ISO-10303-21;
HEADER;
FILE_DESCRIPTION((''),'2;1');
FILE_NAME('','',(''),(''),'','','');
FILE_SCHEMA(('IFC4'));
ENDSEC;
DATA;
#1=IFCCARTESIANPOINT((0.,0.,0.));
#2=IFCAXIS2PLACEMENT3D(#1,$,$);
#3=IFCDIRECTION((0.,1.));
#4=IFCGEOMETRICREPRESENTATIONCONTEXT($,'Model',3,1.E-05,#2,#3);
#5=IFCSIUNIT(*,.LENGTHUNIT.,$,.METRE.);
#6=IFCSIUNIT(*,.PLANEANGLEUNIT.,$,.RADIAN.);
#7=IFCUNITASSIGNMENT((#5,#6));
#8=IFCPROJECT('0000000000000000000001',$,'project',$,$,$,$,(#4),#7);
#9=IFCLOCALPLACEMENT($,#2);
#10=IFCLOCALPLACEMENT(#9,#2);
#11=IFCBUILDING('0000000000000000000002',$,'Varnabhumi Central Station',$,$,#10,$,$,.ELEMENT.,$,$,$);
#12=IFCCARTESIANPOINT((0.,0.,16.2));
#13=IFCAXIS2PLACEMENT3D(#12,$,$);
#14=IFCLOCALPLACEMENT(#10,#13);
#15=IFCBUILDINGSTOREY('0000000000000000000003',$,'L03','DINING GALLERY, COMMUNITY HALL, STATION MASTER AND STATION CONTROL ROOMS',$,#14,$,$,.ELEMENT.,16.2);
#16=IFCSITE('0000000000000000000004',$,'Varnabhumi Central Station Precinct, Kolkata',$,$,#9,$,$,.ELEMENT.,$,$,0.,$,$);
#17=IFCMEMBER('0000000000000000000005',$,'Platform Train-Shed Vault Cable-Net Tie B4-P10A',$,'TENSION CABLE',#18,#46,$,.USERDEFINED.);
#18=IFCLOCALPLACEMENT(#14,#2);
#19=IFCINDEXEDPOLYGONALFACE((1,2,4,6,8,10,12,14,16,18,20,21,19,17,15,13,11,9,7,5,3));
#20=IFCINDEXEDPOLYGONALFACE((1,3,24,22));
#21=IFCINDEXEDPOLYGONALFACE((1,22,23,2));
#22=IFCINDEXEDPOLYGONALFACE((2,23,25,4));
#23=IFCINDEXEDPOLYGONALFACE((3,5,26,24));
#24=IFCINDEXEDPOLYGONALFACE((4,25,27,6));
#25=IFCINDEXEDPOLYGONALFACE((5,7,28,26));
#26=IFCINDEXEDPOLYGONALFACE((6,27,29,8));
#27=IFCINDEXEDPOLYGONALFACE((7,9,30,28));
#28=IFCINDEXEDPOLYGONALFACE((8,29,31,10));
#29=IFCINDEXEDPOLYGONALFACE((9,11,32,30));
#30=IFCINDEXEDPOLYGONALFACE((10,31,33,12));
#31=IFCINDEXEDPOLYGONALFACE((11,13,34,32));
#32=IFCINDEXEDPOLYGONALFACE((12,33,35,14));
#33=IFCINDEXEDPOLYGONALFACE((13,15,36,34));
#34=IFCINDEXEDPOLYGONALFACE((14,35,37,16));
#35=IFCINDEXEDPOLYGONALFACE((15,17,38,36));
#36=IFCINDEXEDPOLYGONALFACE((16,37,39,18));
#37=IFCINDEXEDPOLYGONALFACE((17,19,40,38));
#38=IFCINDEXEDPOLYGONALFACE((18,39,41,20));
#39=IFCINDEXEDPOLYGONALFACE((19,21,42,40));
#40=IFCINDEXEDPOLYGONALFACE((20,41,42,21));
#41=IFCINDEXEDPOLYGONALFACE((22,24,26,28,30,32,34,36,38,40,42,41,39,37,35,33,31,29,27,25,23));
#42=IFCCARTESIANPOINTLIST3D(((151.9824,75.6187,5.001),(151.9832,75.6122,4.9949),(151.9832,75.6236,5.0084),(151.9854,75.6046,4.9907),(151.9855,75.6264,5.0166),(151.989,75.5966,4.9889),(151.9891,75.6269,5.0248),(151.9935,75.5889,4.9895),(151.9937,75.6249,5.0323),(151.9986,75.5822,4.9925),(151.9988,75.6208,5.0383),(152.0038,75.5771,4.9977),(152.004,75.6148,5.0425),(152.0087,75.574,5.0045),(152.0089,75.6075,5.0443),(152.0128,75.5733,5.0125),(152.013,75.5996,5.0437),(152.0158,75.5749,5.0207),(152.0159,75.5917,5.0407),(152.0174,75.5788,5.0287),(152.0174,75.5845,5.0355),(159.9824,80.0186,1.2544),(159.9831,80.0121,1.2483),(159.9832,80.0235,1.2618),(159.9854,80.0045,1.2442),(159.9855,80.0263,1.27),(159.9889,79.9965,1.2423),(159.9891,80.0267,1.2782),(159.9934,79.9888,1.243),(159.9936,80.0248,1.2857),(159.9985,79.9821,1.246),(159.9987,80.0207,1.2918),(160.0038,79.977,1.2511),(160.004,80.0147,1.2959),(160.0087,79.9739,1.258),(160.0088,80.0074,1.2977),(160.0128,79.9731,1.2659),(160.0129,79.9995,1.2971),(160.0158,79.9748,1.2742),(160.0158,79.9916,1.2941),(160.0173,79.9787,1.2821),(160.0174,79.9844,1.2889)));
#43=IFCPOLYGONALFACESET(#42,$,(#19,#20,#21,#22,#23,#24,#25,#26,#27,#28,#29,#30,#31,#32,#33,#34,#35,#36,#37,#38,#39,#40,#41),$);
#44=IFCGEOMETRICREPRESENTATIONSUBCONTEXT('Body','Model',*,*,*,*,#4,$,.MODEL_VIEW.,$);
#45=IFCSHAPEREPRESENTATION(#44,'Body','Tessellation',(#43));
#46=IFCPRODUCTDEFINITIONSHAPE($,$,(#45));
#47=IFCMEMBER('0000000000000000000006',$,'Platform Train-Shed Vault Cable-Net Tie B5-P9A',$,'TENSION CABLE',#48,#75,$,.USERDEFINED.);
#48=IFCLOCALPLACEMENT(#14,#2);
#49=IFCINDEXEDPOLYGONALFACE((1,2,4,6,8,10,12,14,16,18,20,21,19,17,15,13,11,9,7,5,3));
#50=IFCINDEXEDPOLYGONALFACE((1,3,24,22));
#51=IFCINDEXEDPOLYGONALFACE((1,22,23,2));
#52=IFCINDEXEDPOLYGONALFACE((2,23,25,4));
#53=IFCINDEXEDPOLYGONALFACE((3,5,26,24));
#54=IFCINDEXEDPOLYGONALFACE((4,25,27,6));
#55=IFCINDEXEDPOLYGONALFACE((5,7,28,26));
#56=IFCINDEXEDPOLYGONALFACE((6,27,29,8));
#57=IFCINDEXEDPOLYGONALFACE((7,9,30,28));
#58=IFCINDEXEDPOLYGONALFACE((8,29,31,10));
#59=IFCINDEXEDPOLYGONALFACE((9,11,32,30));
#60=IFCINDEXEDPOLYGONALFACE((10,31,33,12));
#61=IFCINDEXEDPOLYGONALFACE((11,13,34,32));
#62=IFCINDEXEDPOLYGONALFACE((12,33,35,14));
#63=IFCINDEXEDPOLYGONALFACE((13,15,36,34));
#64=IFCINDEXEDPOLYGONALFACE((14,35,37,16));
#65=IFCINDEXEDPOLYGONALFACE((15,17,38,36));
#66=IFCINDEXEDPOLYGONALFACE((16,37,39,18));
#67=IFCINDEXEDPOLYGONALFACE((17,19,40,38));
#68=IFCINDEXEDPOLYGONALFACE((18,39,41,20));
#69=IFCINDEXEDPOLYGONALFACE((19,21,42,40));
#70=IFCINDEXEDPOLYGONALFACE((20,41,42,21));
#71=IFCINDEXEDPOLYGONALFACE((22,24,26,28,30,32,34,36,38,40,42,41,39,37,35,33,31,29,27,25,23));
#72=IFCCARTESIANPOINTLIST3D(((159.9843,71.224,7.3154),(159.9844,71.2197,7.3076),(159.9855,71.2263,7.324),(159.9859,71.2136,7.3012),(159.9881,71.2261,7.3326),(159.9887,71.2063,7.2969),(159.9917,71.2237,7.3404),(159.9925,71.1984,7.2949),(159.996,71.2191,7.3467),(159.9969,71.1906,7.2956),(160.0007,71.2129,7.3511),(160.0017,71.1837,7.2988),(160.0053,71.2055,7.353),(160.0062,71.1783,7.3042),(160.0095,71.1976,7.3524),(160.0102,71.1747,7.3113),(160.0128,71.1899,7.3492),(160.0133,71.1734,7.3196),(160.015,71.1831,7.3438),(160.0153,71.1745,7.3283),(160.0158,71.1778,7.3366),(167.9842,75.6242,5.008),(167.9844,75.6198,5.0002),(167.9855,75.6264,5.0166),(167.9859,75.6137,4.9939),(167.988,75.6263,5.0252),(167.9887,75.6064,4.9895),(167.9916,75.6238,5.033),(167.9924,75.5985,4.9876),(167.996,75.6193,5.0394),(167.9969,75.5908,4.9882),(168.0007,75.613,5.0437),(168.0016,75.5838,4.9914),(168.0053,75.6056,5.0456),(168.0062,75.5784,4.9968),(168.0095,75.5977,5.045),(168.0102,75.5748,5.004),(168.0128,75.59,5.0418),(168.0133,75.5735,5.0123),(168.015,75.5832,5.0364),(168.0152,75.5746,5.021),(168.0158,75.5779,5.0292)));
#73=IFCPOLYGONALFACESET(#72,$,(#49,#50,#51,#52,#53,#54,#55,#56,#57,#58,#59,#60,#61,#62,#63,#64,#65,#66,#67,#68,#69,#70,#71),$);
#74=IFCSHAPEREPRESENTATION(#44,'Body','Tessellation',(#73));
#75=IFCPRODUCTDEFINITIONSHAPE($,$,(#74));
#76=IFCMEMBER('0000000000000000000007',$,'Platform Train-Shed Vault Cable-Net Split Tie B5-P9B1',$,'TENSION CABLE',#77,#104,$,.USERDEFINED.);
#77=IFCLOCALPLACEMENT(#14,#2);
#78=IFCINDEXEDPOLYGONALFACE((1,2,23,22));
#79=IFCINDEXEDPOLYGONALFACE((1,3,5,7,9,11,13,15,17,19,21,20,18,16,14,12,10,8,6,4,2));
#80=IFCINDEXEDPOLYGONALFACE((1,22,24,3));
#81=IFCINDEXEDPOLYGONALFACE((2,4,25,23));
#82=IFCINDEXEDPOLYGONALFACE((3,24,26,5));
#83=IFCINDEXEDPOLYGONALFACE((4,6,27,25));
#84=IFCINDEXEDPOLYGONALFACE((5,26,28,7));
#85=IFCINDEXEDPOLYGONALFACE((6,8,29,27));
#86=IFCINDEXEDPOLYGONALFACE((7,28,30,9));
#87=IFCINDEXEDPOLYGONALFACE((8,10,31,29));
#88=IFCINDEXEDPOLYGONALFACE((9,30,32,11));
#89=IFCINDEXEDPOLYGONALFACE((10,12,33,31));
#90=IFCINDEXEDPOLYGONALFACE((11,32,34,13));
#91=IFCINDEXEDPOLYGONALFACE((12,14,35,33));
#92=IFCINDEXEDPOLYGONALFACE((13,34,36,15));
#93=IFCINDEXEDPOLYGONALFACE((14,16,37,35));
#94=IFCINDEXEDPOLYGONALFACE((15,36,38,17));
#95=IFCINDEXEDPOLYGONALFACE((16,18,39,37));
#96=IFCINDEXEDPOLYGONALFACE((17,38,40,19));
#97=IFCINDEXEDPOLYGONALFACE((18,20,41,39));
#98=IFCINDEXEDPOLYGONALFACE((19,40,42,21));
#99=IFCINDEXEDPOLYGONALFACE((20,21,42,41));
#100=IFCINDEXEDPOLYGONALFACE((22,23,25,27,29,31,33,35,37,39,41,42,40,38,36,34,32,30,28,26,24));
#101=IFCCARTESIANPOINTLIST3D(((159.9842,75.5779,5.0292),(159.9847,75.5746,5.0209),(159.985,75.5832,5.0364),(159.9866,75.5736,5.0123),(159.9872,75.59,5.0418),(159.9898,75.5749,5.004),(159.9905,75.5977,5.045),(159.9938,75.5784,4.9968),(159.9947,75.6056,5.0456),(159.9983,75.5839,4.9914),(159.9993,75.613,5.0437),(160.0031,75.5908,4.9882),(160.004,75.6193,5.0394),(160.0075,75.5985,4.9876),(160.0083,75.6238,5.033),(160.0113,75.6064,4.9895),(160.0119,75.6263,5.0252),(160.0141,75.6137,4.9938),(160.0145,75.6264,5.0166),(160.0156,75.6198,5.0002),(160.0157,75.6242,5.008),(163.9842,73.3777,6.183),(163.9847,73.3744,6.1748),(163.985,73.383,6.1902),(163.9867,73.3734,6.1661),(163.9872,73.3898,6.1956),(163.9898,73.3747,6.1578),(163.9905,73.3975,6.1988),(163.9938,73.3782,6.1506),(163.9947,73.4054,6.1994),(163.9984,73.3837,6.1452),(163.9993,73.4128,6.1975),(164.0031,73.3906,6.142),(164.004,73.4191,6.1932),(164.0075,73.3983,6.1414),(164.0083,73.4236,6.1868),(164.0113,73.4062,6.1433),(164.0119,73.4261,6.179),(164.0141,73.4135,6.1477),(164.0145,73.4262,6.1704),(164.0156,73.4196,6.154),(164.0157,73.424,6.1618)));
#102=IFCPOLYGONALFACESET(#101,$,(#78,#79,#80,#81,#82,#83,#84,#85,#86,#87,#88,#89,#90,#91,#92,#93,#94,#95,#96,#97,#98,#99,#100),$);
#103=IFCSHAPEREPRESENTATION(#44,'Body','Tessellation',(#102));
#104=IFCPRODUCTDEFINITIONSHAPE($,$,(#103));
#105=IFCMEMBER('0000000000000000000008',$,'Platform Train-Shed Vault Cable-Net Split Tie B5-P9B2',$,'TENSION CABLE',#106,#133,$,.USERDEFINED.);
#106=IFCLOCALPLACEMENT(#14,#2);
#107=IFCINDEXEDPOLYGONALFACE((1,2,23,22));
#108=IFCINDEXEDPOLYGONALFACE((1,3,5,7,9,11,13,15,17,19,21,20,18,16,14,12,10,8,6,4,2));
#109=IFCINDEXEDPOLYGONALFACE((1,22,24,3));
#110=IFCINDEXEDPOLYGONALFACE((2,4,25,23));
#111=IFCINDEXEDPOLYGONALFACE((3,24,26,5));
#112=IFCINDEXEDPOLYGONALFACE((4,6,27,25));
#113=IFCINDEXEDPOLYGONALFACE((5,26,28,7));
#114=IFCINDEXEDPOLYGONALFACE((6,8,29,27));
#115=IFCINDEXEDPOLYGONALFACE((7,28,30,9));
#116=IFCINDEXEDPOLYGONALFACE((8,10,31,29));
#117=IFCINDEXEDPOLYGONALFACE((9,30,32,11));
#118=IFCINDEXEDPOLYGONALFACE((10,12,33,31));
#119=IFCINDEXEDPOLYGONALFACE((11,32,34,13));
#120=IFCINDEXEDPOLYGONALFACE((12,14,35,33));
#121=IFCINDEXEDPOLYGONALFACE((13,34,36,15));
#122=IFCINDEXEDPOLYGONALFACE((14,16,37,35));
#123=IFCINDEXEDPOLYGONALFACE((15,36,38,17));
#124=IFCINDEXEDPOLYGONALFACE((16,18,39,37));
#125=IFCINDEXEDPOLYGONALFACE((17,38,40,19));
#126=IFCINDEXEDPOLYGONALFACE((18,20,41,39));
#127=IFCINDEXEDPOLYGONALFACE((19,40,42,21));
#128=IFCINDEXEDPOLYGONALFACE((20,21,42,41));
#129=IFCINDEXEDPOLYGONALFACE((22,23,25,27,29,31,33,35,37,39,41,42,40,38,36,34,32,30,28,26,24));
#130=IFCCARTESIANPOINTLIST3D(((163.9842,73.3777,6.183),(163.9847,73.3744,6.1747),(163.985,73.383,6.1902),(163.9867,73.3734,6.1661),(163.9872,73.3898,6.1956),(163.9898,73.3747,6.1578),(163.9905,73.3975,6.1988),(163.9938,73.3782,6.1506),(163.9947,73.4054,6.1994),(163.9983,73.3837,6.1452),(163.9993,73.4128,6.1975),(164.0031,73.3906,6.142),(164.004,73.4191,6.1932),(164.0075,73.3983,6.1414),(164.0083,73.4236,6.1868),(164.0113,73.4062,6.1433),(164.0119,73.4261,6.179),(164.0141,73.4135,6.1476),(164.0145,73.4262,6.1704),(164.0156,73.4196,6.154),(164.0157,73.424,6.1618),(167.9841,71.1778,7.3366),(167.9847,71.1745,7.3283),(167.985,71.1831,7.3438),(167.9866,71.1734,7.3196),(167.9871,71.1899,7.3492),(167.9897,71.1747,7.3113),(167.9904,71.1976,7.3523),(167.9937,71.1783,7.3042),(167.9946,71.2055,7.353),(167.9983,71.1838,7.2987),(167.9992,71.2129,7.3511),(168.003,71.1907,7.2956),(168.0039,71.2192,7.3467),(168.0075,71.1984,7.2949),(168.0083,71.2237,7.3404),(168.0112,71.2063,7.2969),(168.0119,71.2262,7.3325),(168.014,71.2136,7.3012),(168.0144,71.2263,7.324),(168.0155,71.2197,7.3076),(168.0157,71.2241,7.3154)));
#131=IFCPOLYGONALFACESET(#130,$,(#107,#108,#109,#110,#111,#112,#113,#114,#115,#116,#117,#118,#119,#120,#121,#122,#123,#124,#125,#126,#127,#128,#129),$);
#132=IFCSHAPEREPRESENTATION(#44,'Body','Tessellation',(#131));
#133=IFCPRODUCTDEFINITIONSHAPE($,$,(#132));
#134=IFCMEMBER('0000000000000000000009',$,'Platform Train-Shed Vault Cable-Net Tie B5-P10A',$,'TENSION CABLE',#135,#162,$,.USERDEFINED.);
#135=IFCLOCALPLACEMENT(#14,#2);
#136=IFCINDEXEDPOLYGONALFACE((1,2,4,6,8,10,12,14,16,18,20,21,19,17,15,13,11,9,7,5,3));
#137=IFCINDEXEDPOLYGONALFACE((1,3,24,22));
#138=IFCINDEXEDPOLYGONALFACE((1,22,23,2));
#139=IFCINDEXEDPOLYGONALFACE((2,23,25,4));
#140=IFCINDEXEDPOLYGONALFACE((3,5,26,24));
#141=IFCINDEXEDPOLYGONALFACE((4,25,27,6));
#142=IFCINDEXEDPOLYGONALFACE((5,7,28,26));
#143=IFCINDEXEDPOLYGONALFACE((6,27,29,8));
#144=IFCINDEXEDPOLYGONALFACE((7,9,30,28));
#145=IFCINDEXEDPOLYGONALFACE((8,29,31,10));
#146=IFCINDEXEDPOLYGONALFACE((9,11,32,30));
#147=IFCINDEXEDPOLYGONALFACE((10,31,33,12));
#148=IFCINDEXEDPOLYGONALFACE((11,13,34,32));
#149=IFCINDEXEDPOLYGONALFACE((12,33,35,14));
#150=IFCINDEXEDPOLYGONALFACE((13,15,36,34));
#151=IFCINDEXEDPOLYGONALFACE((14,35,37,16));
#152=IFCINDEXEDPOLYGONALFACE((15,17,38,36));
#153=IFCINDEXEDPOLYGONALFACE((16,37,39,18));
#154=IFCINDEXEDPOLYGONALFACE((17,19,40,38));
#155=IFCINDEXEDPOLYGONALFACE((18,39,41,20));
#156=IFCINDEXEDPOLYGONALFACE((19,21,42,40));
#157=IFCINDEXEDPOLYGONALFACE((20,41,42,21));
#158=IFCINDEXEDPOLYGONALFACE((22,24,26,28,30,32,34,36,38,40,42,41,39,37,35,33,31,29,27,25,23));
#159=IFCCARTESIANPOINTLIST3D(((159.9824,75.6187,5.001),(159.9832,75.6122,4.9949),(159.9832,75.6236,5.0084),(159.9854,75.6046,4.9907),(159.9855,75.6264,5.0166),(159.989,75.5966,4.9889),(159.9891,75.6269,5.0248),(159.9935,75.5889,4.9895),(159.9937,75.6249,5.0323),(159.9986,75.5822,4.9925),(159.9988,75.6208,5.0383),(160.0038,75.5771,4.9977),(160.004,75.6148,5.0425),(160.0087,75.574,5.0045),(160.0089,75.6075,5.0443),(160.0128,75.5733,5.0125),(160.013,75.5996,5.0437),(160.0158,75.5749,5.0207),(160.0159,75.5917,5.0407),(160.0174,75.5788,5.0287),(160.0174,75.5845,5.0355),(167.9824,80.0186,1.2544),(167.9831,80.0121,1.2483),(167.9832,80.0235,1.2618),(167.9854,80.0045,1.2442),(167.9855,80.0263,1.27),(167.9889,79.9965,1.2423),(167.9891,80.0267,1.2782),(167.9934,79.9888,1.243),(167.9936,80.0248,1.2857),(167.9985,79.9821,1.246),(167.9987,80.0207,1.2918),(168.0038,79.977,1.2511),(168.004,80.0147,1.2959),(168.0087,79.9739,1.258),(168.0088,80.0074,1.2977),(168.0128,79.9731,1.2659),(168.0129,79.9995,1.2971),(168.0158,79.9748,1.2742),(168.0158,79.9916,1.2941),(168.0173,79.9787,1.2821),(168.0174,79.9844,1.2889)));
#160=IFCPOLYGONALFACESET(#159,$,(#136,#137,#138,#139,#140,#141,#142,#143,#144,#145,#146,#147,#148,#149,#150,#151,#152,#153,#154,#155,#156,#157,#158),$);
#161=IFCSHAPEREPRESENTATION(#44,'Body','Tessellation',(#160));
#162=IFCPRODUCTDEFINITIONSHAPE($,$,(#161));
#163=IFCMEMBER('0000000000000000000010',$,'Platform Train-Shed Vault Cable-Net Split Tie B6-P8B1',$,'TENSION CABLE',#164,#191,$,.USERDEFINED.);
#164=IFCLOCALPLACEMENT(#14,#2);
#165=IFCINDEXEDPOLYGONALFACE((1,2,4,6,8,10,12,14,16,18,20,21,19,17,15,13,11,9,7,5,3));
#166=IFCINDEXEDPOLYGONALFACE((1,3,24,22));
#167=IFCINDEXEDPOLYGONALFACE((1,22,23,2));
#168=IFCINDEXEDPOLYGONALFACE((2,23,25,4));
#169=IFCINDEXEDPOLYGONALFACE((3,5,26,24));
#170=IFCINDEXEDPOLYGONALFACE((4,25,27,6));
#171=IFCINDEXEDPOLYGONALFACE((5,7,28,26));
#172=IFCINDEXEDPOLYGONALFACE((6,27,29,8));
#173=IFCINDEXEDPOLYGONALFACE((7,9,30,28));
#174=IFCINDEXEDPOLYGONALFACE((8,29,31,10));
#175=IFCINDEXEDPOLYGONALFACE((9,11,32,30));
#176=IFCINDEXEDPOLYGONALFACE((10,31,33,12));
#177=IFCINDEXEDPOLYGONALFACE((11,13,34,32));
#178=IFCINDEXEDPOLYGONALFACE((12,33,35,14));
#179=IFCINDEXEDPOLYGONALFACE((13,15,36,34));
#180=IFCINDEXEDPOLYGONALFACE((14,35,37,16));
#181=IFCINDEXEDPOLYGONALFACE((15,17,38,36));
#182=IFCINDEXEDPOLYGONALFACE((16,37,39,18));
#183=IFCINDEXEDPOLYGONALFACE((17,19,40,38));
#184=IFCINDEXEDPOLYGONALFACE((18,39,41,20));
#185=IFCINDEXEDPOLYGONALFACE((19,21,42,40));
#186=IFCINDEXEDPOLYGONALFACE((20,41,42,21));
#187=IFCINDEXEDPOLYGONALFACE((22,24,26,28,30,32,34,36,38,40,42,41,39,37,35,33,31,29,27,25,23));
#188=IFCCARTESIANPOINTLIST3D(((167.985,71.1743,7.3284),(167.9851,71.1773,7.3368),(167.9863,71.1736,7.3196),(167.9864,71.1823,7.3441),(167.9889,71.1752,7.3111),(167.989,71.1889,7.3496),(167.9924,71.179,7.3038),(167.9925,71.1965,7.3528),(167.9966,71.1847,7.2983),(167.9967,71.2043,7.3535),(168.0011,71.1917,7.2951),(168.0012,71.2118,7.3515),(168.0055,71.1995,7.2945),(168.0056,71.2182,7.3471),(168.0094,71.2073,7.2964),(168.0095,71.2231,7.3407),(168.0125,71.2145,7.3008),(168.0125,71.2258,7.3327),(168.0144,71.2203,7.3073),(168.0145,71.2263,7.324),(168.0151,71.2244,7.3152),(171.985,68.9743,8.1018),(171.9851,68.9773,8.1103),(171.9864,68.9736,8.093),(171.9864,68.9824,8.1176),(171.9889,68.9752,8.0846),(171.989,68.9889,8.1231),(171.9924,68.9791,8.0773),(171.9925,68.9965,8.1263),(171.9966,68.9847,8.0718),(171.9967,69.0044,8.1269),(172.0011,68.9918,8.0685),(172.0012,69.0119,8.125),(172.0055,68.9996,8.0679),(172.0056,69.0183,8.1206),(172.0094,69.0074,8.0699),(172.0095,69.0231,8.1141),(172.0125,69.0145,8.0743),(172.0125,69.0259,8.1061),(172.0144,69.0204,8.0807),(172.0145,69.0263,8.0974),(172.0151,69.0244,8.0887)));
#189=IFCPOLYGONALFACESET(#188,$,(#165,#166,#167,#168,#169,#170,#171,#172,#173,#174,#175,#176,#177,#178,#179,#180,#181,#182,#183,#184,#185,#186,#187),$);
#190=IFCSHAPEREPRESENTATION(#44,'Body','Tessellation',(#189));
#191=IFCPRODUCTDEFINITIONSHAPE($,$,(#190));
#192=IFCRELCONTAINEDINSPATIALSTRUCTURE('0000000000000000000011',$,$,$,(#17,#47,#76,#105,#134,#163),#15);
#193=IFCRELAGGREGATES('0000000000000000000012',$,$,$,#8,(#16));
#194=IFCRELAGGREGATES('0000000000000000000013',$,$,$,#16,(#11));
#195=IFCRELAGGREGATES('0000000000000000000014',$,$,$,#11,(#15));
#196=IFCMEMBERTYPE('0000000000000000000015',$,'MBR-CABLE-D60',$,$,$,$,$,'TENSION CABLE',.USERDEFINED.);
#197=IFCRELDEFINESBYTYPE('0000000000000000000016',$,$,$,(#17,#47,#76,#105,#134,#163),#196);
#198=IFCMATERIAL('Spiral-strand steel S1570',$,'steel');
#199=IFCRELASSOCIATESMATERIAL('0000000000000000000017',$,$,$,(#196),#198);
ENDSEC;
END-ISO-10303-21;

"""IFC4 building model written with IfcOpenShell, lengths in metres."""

from ifc_helpers import new_model, si_unit, direction, frame, origin, origin_2d, place, context, subcontext, project, spatial, circle, extrude, material, material_profile, profile_set, type_object, element, save


model = new_model("IFC4")

# Units and contexts
model_context = context("Model", 3, precision=1e-05, world=origin(), true_north=direction((0.0, 1.0)))
body_context = subcontext(model_context, "Body", "Model", "MODEL_VIEW")
ifc_project = project(units=[si_unit("LENGTHUNIT", "METRE"), si_unit("PLANEANGLEUNIT", "RADIAN")], contexts=[model_context])

# Site, building, storey
site_placement = place(None, origin())
site = spatial("IfcSite", under=ifc_project, at=site_placement, Name="Varnabhumi Central Station Precinct, Kolkata", CompositionType="ELEMENT", RefElevation=0.0)
building_placement = place(site_placement, origin())
building = spatial("IfcBuilding", under=site, at=building_placement, Name="Varnabhumi Central Station", CompositionType="ELEMENT")
storey_placement = place(building_placement, frame((0.0, 0.0, 16.2)))
storey = spatial("IfcBuildingStorey", under=building, at=storey_placement, Name="L03", Description="DINING GALLERY, COMMUNITY HALL, STATION MASTER AND STATION CONTROL ROOMS", CompositionType="ELEMENT", Elevation=16.2)

# Members
ifc_material_1 = material(Name="Spiral-strand steel S1570", Category="steel")
ifc_material_profile_1 = material_profile(ifc_material_1, circle(Radius=0.03, at=origin_2d()), Name="Spiral-strand steel S1570", Category="steel")
ifc_profile_set_1 = profile_set([ifc_material_profile_1], Name="Spiral-strand steel S1570")
member_type = type_object("IfcMemberType", Name="MBR-CABLE-D60", ElementType="TENSION CABLE", PredefinedType="USERDEFINED", material=ifc_profile_set_1)
member_1_placement = place(storey_placement, frame((152.0, 75.6001, 5.0166), z_axis=(0.810624, 0.445833, -0.379634), x_axis=(-0.481911, 0.87622, 0.0)))
element("IfcMember", 1, at=member_1_placement, inside=storey, type_object=member_type, Name="Platform Train-Shed Vault Cable-Net Tie B4-P10A", ObjectType="TENSION CABLE", PredefinedType="USERDEFINED", context=body_context, shape_type="SweptSolid", body=[
    extrude(circle(Radius=0.03, at=origin_2d()), origin(), (0.0, 0.0, 1.0), 9.8689),
])
member_2_placement = place(storey_placement, frame((160.0, 71.2, 7.324), z_axis=(0.849502, 0.467242, -0.245015), x_axis=(-0.481931, 0.876209, 0.0)))
element("IfcMember", 2, at=member_2_placement, inside=storey, type_object=member_type, Name="Platform Train-Shed Vault Cable-Net Tie B5-P9A", ObjectType="TENSION CABLE", PredefinedType="USERDEFINED", context=body_context, shape_type="SweptSolid", body=[
    extrude(circle(Radius=0.03, at=origin_2d()), origin(), (0.0, 0.0, 1.0), 9.4172),
])
member_3_placement = place(storey_placement, frame((160.0, 75.6001, 5.0166), z_axis=(0.849486, -0.467259, 0.245036), x_axis=(0.481952, 0.876198, 0.0)))
element("IfcMember", 3, at=member_3_placement, inside=storey, type_object=member_type, Name="Platform Train-Shed Vault Cable-Net Split Tie B5-P9B1", ObjectType="TENSION CABLE", PredefinedType="USERDEFINED", context=body_context, shape_type="SweptSolid", body=[
    extrude(circle(Radius=0.03, at=origin_2d()), origin(), (0.0, 0.0, 1.0), 4.7087),
])
member_4_placement = place(storey_placement, frame((164.0, 73.3999, 6.1704), z_axis=(0.849517, -0.467224, 0.244993), x_axis=(0.481911, 0.87622, 0.0)))
element("IfcMember", 4, at=member_4_placement, inside=storey, type_object=member_type, Name="Platform Train-Shed Vault Cable-Net Split Tie B5-P9B2", ObjectType="TENSION CABLE", PredefinedType="USERDEFINED", context=body_context, shape_type="SweptSolid", body=[
    extrude(circle(Radius=0.03, at=origin_2d()), origin(), (0.0, 0.0, 1.0), 4.7085),
])
member_5_placement = place(storey_placement, frame((160.0, 75.6001, 5.0166), z_axis=(0.810624, 0.445833, -0.379634), x_axis=(-0.481911, 0.87622, 0.0)))
element("IfcMember", 5, at=member_5_placement, inside=storey, type_object=member_type, Name="Platform Train-Shed Vault Cable-Net Tie B5-P10A", ObjectType="TENSION CABLE", PredefinedType="USERDEFINED", context=body_context, shape_type="SweptSolid", body=[
    extrude(circle(Radius=0.03, at=origin_2d()), origin(), (0.0, 0.0, 1.0), 9.8689),
])
member_6_placement = place(storey_placement, frame((168.0, 71.2, 7.324), z_axis=(0.863909, -0.475139, 0.167045), x_axis=(0.481911, 0.87622, 0.0)))
element("IfcMember", 6, at=member_6_placement, inside=storey, type_object=member_type, Name="Platform Train-Shed Vault Cable-Net Split Tie B6-P8B1", ObjectType="TENSION CABLE", PredefinedType="USERDEFINED", context=body_context, shape_type="SweptSolid", body=[
    extrude(circle(Radius=0.03, at=origin_2d()), origin(), (0.0, 0.0, 1.0), 4.6301),
])

save(model, "model.ifc")
